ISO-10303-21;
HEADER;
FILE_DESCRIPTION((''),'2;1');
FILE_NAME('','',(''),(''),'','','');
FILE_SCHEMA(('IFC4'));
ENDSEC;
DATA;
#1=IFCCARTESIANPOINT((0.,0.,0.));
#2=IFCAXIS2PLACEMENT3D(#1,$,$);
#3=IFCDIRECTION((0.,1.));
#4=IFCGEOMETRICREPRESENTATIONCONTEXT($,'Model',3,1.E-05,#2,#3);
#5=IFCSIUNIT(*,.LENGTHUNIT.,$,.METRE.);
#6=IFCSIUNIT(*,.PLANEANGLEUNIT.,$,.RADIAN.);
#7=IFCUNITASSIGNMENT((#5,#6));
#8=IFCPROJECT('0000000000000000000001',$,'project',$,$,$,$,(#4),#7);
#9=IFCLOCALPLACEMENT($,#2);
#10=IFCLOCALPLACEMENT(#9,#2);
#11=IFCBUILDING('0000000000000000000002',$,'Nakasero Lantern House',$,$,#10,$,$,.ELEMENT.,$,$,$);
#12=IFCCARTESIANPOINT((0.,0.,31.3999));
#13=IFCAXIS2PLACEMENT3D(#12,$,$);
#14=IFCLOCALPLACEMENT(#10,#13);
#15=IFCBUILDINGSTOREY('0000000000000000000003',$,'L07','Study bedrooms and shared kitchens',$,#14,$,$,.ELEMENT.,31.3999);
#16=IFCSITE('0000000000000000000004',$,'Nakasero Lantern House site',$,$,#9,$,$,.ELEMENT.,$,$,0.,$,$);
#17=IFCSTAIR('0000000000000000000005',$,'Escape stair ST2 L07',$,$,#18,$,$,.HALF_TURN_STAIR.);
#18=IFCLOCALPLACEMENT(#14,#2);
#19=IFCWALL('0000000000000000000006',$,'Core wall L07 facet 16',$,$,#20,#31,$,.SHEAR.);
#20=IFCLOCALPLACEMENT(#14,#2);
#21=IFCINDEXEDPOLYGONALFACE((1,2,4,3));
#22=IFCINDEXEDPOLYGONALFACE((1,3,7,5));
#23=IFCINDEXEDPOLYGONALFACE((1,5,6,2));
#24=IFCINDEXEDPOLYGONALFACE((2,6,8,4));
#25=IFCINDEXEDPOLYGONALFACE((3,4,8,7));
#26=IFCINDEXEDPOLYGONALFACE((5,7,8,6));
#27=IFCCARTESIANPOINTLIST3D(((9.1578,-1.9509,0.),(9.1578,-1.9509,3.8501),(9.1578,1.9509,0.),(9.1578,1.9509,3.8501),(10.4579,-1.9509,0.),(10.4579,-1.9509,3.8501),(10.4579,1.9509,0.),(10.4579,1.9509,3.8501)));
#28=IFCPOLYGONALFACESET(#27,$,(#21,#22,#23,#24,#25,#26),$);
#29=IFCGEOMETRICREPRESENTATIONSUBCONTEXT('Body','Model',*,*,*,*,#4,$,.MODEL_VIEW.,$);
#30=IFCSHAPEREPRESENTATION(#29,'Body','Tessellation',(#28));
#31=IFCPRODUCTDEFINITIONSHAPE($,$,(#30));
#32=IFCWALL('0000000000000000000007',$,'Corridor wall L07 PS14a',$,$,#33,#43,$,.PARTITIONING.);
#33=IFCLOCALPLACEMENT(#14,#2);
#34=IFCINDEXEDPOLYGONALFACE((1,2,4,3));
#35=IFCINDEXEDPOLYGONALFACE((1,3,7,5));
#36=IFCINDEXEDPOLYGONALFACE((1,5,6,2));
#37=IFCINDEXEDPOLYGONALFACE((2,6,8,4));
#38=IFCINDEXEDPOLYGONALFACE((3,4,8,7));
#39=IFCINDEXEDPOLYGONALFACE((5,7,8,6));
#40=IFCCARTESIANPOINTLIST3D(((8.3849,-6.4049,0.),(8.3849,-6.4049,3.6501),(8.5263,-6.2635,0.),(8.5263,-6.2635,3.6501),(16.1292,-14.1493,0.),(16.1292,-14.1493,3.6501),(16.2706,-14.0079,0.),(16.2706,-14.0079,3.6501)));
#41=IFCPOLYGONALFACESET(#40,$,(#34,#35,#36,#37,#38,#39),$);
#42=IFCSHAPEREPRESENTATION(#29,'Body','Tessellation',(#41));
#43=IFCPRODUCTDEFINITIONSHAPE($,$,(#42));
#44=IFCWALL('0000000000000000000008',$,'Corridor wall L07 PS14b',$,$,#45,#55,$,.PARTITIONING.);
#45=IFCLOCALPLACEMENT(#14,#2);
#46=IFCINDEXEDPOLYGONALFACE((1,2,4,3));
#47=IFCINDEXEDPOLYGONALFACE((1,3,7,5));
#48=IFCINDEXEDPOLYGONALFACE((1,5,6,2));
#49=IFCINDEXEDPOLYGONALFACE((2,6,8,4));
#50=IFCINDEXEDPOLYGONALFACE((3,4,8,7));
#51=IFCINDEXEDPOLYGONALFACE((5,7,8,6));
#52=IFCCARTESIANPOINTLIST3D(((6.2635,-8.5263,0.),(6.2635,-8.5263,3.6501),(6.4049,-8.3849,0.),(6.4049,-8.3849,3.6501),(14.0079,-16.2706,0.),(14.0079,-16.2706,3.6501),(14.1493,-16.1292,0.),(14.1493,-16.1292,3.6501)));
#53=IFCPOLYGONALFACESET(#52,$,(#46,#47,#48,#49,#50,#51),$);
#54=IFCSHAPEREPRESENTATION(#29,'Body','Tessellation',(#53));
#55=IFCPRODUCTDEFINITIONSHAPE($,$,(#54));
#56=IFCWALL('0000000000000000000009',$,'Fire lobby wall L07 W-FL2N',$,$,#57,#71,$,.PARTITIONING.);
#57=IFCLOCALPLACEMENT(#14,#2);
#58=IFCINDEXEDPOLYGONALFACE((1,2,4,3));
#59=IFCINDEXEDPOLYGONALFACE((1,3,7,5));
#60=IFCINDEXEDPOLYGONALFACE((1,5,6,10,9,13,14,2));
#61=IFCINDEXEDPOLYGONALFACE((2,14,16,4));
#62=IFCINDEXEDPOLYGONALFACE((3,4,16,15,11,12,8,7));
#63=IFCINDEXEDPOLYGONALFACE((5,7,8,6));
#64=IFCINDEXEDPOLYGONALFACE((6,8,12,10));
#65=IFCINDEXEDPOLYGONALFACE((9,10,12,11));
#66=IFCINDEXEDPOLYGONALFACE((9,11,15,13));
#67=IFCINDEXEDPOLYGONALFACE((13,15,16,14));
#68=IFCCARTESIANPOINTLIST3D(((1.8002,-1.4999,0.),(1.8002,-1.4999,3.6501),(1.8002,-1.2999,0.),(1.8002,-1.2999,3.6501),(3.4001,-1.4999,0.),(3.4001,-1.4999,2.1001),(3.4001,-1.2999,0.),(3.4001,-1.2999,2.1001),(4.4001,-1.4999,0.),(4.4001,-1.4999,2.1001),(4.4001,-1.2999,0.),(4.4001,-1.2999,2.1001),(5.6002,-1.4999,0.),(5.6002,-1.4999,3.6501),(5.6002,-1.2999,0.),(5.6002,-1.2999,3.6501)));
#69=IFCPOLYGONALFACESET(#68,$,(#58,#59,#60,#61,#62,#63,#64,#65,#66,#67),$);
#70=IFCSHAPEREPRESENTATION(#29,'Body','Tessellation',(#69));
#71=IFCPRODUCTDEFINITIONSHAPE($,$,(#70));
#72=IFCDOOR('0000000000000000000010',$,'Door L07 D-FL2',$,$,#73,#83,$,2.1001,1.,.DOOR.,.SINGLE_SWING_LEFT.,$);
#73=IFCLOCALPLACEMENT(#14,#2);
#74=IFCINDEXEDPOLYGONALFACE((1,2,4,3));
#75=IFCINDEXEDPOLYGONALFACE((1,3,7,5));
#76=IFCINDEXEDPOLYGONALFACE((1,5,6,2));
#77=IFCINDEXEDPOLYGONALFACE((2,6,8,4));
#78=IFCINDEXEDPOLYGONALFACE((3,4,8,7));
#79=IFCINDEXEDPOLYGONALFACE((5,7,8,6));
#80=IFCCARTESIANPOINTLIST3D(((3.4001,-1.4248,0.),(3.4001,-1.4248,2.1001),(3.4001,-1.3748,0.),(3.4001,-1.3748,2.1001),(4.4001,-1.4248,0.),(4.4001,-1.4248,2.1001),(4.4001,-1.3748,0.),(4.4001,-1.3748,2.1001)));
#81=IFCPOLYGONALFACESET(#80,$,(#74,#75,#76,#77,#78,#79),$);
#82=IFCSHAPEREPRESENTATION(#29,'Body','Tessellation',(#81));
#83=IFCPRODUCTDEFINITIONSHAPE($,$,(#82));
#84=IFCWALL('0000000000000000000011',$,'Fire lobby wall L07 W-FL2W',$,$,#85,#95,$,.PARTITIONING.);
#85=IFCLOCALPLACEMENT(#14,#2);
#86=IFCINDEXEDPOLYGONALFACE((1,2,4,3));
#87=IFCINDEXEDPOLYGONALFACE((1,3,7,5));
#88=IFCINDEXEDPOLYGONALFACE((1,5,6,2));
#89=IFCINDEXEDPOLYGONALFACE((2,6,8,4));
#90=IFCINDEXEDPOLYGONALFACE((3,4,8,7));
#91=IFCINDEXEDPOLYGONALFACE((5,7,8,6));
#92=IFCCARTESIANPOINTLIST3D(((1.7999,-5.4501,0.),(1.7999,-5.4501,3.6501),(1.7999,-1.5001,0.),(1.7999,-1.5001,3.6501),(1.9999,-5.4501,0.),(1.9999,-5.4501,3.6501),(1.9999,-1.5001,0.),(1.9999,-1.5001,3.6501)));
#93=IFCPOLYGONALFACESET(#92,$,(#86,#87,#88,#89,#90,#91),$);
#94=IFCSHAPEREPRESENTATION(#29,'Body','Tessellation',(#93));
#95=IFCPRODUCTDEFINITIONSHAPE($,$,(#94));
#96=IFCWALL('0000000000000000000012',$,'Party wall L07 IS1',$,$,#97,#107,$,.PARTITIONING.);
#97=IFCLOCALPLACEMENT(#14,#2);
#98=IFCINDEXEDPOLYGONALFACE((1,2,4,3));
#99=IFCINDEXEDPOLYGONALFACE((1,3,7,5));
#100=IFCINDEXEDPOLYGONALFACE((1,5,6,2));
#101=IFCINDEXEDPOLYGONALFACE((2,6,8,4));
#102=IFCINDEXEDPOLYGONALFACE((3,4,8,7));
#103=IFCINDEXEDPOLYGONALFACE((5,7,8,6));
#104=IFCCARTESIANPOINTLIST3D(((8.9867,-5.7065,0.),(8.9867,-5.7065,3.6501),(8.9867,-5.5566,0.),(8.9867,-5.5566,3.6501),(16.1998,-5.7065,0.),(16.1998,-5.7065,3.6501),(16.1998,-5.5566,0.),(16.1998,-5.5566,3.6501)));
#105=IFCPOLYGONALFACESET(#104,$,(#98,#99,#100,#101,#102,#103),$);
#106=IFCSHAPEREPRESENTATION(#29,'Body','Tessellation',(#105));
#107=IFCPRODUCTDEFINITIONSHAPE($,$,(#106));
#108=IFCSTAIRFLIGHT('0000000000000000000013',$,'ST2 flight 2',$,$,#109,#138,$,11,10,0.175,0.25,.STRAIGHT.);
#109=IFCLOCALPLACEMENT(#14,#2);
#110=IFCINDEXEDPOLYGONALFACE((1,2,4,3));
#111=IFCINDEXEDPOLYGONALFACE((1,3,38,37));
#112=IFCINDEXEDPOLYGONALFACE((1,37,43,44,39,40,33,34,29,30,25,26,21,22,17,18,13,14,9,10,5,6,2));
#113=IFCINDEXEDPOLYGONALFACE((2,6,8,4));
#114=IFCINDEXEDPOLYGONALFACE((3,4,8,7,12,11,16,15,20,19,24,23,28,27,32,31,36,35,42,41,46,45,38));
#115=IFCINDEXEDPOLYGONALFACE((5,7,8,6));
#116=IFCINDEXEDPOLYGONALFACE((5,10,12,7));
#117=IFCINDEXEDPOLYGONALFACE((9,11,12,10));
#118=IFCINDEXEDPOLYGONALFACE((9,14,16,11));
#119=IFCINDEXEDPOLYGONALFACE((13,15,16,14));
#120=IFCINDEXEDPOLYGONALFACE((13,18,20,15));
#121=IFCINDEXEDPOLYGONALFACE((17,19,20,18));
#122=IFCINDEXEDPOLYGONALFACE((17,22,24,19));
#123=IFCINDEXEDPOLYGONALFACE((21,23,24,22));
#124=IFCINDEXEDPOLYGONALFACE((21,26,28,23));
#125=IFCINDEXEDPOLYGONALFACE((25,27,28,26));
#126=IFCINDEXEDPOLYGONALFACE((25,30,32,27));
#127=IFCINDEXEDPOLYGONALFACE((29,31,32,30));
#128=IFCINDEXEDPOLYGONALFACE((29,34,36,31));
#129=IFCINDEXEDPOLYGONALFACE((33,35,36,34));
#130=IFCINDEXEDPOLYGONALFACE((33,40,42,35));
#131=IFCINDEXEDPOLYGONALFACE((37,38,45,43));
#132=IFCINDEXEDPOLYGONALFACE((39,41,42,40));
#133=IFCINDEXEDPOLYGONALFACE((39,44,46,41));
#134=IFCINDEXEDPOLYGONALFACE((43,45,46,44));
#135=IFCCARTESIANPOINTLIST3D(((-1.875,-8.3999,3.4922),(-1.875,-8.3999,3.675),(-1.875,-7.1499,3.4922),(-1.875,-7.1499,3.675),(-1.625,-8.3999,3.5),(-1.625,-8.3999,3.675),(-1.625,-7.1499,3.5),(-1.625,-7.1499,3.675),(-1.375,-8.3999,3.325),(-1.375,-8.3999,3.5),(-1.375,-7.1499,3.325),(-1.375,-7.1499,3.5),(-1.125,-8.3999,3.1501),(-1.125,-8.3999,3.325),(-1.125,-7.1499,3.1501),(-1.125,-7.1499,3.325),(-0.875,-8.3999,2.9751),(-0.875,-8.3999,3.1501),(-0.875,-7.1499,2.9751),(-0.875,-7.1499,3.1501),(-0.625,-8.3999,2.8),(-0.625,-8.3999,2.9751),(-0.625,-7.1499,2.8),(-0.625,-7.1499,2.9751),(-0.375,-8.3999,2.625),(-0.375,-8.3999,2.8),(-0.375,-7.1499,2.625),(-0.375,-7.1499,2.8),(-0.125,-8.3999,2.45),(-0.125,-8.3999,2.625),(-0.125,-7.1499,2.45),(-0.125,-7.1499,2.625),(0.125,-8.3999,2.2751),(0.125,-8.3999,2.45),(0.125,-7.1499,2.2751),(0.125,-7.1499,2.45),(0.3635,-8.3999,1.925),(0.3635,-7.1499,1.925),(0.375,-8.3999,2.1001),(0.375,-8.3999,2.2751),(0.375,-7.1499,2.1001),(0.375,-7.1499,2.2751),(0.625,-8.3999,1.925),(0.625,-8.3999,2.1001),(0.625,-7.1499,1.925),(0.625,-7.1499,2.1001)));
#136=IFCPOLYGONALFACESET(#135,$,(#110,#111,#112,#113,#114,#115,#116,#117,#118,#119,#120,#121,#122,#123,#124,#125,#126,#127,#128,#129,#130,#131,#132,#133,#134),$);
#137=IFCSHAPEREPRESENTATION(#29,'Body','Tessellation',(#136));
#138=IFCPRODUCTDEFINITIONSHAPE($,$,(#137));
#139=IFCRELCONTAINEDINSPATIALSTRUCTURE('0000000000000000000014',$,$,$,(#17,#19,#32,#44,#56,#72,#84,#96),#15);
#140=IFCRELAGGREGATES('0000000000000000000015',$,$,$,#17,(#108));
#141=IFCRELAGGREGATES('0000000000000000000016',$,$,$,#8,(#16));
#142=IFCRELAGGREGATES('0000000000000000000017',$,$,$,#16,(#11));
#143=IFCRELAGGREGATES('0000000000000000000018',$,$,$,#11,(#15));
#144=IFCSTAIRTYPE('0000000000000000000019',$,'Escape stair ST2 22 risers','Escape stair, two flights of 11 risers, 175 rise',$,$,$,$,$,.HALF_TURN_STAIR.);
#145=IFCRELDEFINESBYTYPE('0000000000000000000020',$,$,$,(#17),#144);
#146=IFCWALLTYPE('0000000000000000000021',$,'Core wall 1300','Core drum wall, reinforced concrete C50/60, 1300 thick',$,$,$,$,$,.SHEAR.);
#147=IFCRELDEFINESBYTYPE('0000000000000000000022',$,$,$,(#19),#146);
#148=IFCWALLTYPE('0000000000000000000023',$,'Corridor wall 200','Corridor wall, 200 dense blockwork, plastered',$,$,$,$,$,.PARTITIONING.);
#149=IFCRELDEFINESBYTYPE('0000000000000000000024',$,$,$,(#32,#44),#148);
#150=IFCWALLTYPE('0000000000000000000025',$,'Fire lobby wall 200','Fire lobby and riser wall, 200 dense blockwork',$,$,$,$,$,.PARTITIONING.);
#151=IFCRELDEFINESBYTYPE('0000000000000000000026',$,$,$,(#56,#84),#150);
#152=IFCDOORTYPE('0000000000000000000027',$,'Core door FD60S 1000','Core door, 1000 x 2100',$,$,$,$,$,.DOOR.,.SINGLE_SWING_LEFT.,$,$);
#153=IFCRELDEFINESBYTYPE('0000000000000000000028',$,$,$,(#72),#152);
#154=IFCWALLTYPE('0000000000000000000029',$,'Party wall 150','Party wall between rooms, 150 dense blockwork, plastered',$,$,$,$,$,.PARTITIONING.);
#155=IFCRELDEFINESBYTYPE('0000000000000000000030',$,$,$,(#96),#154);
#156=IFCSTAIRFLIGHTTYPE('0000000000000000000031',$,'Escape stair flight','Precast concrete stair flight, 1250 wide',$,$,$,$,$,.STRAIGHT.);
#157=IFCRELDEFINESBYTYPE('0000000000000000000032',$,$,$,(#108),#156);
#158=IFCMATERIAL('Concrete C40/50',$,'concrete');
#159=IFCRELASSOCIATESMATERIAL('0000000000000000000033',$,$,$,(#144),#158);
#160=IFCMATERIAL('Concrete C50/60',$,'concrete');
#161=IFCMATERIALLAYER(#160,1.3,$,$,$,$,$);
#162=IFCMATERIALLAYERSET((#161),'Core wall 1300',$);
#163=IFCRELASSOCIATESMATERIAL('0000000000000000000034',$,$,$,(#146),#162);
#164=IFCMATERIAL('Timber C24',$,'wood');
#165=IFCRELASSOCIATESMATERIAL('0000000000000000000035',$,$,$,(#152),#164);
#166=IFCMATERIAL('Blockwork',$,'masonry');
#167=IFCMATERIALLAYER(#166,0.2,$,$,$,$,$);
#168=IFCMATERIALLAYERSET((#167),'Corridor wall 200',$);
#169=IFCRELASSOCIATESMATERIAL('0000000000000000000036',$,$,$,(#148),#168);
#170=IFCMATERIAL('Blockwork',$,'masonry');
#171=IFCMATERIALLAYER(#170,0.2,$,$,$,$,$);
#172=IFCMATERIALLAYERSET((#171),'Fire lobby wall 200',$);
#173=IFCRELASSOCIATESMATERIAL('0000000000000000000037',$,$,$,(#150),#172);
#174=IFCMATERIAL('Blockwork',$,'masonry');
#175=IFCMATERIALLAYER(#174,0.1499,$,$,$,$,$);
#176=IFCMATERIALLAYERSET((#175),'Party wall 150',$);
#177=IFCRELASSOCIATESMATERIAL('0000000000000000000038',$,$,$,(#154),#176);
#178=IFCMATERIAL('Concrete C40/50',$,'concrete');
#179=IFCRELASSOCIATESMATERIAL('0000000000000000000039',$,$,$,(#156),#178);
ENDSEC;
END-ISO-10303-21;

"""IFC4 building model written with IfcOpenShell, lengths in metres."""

from ifc_helpers import new_model, si_unit, direction, frame, frame_2d, origin, place, context, subcontext, project, spatial, polyline, rectangle, outline, extrude, material, layer, layer_set, type_object, element, fill, aggregate, save


model = new_model("IFC4")

# Units and contexts
model_context = context("Model", 3, precision=1e-05, world=origin(), true_north=direction((0.0, 1.0)))
body_context = subcontext(model_context, "Body", "Model", "MODEL_VIEW")
ifc_project = project(units=[si_unit("LENGTHUNIT", "METRE"), si_unit("PLANEANGLEUNIT", "RADIAN")], contexts=[model_context])

# Site, building, storey
site_placement = place(None, origin())
site = spatial("IfcSite", under=ifc_project, at=site_placement, Name="Nakasero Lantern House site", CompositionType="ELEMENT", RefElevation=0.0)
building_placement = place(site_placement, origin())
building = spatial("IfcBuilding", under=site, at=building_placement, Name="Nakasero Lantern House", CompositionType="ELEMENT")
storey_placement = place(building_placement, frame((0.0, 0.0, 31.3999)))
storey = spatial("IfcBuildingStorey", under=building, at=storey_placement, Name="L07", Description="Study bedrooms and shared kitchens", CompositionType="ELEMENT", Elevation=31.3999)

# Stair
ifc_material_1 = material(Name="Concrete C40/50", Category="concrete")
stair_type_1 = type_object("IfcStairType", Name="Escape stair ST2 22 risers", Description="Escape stair, two flights of 11 risers, 175 rise", PredefinedType="HALF_TURN_STAIR", material=ifc_material_1)
stair_1_placement = place(storey_placement, origin())
stair_1 = element("IfcStair", 1, at=stair_1_placement, inside=storey, type_object=stair_type_1, Name="Escape stair ST2 L07", PredefinedType="HALF_TURN_STAIR")

# Shared definitions
ifc_material_2 = material(Name="Concrete C50/60", Category="concrete")
ifc_layer_1 = layer(ifc_material_2, 1.3)
ifc_layer_set_1 = layer_set([ifc_layer_1], Name="Core wall 1300")
wall_type_1 = type_object("IfcWallType", Name="Core wall 1300", Description="Core drum wall, reinforced concrete C50/60, 1300 thick", PredefinedType="SHEAR", material=ifc_layer_set_1)

# Shared definitions
ifc_material_3 = material(Name="Timber C24", Category="wood")
door_type_1 = type_object("IfcDoorType", Name="Core door FD60S 1000", Description="Core door, 1000 x 2100", OperationType="SINGLE_SWING_LEFT", PredefinedType="DOOR", material=ifc_material_3)

# Walls
for number, where, z_axis, x_axis, name in (
    (2, (9.8079, -1.9509, 0.0), (0.0, 0.0, 1.0), (0.0, 1.0, 0.0), "Core wall L07 facet 16"),
):
    element("IfcWall", number, at=place(storey_placement, frame(where, z_axis=z_axis, x_axis=x_axis)), inside=storey, type_object=wall_type_1, Name=name, PredefinedType="SHEAR", context=body_context, shape_type="SweptSolid", body=[
        extrude(rectangle(XDim=3.9019, YDim=1.3, at=frame_2d((1.9509, 0.0))), origin(), (0.0, 0.0, 1.0), 3.8501),
    ])
ifc_material_4 = material(Name="Blockwork", Category="masonry")
ifc_layer_2 = layer(ifc_material_4, 0.2)
ifc_layer_set_2 = layer_set([ifc_layer_2], Name="Corridor wall 200")
wall_type_2 = type_object("IfcWallType", Name="Corridor wall 200", Description="Corridor wall, 200 dense blockwork, plastered", PredefinedType="PARTITIONING", material=ifc_layer_set_2)
for number, where, z_axis, x_axis, name in (
    (3, (8.4556, -6.3342, 0.0), (0.0, 0.0, 1.0), (0.707107, -0.707107, 0.0), "Corridor wall L07 PS14a"),
    (4, (6.3342, -8.4556, 0.0), (0.0, 0.0, 1.0), (0.707107, -0.707107, 0.0), "Corridor wall L07 PS14b"),
):
    element("IfcWall", number, at=place(storey_placement, frame(where, z_axis=z_axis, x_axis=x_axis)), inside=storey, type_object=wall_type_2, Name=name, PredefinedType="PARTITIONING", context=body_context, shape_type="SweptSolid", body=[
        extrude(rectangle(XDim=10.9521, YDim=0.2, at=frame_2d((5.4761, 0.0))), origin(), (0.0, 0.0, 1.0), 3.6501),
    ])

# Wall, opening, door
ifc_material_5 = material(Name="Blockwork", Category="masonry")
ifc_layer_3 = layer(ifc_material_5, 0.2)
ifc_layer_set_3 = layer_set([ifc_layer_3], Name="Fire lobby wall 200")
wall_type_3 = type_object("IfcWallType", Name="Fire lobby wall 200", Description="Fire lobby and riser wall, 200 dense blockwork", PredefinedType="PARTITIONING", material=ifc_layer_set_3)
wall_1_placement = place(storey_placement, frame((5.6001, -1.3999, 0.0), z_axis=(0.0, 0.0, 1.0), x_axis=(-1.0, 0.0, 0.0)))
wall_1 = element("IfcWall", 5, at=wall_1_placement, inside=storey, type_object=wall_type_3, Name="Fire lobby wall L07 W-FL2N", PredefinedType="PARTITIONING", context=body_context, shape_type="SweptSolid", body=[
    extrude(rectangle(XDim=3.8, YDim=0.2, at=frame_2d((1.8999, 0.0))), origin(), (0.0, 0.0, 1.0), 3.6501),
])
opening_1_placement = place(wall_1_placement, frame((1.2, 0.0, 0.0)))
opening_1 = element("IfcOpeningElement", 6, at=opening_1_placement, cuts=wall_1, PredefinedType="OPENING", context=body_context, shape_type="SweptSolid", body=[
    extrude(rectangle(XDim=1.0, YDim=2.1001, at=frame_2d((0.5, 1.05))), frame((0.0, 0.1199, 0.0), z_axis=(0.0, -1.0, 0.0), x_axis=(1.0, 0.0, 0.0)), (0.0, 0.0, 1.0), 0.24),
])
door_1_placement = place(opening_1_placement, origin())
door_1 = element("IfcDoor", 7, at=door_1_placement, inside=storey, type_object=door_type_1, Name="Door L07 D-FL2", OperationType="SINGLE_SWING_LEFT", OverallHeight=2.1001, OverallWidth=1.0, PredefinedType="DOOR", context=body_context, shape_type="SweptSolid", body=[
    extrude(rectangle(XDim=1.0, YDim=2.1001, at=frame_2d((0.5, 1.05))), frame((0.0, 0.0249, 0.0), z_axis=(0.0, -1.0, 0.0), x_axis=(1.0, 0.0, 0.0)), (0.0, 0.0, 1.0), 0.05),
])
fill(opening_1, door_1)

# Walls
wall_2_placement = place(storey_placement, frame((1.8999, -1.5, 0.0), z_axis=(0.0, 0.0, 1.0), x_axis=(0.0, -1.0, 0.0)))
element("IfcWall", 8, at=wall_2_placement, inside=storey, type_object=wall_type_3, Name="Fire lobby wall L07 W-FL2W", PredefinedType="PARTITIONING", context=body_context, shape_type="SweptSolid", body=[
    extrude(rectangle(XDim=3.95, YDim=0.2, at=frame_2d((1.9751, 0.0))), origin(), (0.0, 0.0, 1.0), 3.6501),
])
ifc_material_6 = material(Name="Blockwork", Category="masonry")
ifc_layer_4 = layer(ifc_material_6, 0.1499)
ifc_layer_set_4 = layer_set([ifc_layer_4], Name="Party wall 150")
wall_type_4 = type_object("IfcWallType", Name="Party wall 150", Description="Party wall between rooms, 150 dense blockwork, plastered", PredefinedType="PARTITIONING", material=ifc_layer_set_4)
wall_3_placement = place(storey_placement, frame((8.9868, -5.6316, 0.0), z_axis=(0.0, 0.0, 1.0), x_axis=(1.0, 0.0, 0.0)))
element("IfcWall", 9, at=wall_3_placement, inside=storey, type_object=wall_type_4, Name="Party wall L07 IS1", PredefinedType="PARTITIONING", context=body_context, shape_type="SweptSolid", body=[
    extrude(rectangle(XDim=7.2131, YDim=0.1499, at=frame_2d((3.6064, 0.0))), origin(), (0.0, 0.0, 1.0), 3.6501),
])

# Stair flight
ifc_material_7 = material(Name="Concrete C40/50", Category="concrete")
stair_flight_type = type_object("IfcStairFlightType", Name="Escape stair flight", Description="Precast concrete stair flight, 1250 wide", PredefinedType="STRAIGHT", material=ifc_material_7)
stair_flight_placement = place(storey_placement, frame((0.625, -7.7749, 1.925), z_axis=(0.0, 0.0, 1.0), x_axis=(-1.0, 0.0, 0.0)))
stair_flight = element("IfcStairFlight", 10, at=stair_flight_placement, type_object=stair_flight_type, Name="ST2 flight 2", NumberOfRisers=11, NumberOfTreads=10, PredefinedType="STRAIGHT", RiserHeight=0.175, TreadLength=0.25, context=body_context, shape_type="SweptSolid", body=[
    extrude(outline(polyline([(0.0, 0.0), (0.0, 0.175), (0.25, 0.175), (0.25, 0.3501), (0.5, 0.3501), (0.5, 0.5249), (0.75, 0.5249), (0.75, 0.7), (1.0, 0.7), (1.0, 0.875), (1.25, 0.875), (1.25, 1.05), (1.5, 1.05), (1.5, 1.2251), (1.75, 1.2251), (1.75, 1.3999), (2.0, 1.3999), (2.0, 1.575), (2.25, 1.575), (2.25, 1.75), (2.5, 1.75), (2.5, 1.925), (2.5, 1.5671), (0.2615, 0.0), (0.0, 0.0)])), frame((0.0, 0.625, 0.0), z_axis=(0.0, -1.0, 0.0), x_axis=(1.0, 0.0, 0.0)), (0.0, 0.0, 1.0), 1.25),
])
aggregate(stair_1, [stair_flight])

save(model, "model.ifc")
